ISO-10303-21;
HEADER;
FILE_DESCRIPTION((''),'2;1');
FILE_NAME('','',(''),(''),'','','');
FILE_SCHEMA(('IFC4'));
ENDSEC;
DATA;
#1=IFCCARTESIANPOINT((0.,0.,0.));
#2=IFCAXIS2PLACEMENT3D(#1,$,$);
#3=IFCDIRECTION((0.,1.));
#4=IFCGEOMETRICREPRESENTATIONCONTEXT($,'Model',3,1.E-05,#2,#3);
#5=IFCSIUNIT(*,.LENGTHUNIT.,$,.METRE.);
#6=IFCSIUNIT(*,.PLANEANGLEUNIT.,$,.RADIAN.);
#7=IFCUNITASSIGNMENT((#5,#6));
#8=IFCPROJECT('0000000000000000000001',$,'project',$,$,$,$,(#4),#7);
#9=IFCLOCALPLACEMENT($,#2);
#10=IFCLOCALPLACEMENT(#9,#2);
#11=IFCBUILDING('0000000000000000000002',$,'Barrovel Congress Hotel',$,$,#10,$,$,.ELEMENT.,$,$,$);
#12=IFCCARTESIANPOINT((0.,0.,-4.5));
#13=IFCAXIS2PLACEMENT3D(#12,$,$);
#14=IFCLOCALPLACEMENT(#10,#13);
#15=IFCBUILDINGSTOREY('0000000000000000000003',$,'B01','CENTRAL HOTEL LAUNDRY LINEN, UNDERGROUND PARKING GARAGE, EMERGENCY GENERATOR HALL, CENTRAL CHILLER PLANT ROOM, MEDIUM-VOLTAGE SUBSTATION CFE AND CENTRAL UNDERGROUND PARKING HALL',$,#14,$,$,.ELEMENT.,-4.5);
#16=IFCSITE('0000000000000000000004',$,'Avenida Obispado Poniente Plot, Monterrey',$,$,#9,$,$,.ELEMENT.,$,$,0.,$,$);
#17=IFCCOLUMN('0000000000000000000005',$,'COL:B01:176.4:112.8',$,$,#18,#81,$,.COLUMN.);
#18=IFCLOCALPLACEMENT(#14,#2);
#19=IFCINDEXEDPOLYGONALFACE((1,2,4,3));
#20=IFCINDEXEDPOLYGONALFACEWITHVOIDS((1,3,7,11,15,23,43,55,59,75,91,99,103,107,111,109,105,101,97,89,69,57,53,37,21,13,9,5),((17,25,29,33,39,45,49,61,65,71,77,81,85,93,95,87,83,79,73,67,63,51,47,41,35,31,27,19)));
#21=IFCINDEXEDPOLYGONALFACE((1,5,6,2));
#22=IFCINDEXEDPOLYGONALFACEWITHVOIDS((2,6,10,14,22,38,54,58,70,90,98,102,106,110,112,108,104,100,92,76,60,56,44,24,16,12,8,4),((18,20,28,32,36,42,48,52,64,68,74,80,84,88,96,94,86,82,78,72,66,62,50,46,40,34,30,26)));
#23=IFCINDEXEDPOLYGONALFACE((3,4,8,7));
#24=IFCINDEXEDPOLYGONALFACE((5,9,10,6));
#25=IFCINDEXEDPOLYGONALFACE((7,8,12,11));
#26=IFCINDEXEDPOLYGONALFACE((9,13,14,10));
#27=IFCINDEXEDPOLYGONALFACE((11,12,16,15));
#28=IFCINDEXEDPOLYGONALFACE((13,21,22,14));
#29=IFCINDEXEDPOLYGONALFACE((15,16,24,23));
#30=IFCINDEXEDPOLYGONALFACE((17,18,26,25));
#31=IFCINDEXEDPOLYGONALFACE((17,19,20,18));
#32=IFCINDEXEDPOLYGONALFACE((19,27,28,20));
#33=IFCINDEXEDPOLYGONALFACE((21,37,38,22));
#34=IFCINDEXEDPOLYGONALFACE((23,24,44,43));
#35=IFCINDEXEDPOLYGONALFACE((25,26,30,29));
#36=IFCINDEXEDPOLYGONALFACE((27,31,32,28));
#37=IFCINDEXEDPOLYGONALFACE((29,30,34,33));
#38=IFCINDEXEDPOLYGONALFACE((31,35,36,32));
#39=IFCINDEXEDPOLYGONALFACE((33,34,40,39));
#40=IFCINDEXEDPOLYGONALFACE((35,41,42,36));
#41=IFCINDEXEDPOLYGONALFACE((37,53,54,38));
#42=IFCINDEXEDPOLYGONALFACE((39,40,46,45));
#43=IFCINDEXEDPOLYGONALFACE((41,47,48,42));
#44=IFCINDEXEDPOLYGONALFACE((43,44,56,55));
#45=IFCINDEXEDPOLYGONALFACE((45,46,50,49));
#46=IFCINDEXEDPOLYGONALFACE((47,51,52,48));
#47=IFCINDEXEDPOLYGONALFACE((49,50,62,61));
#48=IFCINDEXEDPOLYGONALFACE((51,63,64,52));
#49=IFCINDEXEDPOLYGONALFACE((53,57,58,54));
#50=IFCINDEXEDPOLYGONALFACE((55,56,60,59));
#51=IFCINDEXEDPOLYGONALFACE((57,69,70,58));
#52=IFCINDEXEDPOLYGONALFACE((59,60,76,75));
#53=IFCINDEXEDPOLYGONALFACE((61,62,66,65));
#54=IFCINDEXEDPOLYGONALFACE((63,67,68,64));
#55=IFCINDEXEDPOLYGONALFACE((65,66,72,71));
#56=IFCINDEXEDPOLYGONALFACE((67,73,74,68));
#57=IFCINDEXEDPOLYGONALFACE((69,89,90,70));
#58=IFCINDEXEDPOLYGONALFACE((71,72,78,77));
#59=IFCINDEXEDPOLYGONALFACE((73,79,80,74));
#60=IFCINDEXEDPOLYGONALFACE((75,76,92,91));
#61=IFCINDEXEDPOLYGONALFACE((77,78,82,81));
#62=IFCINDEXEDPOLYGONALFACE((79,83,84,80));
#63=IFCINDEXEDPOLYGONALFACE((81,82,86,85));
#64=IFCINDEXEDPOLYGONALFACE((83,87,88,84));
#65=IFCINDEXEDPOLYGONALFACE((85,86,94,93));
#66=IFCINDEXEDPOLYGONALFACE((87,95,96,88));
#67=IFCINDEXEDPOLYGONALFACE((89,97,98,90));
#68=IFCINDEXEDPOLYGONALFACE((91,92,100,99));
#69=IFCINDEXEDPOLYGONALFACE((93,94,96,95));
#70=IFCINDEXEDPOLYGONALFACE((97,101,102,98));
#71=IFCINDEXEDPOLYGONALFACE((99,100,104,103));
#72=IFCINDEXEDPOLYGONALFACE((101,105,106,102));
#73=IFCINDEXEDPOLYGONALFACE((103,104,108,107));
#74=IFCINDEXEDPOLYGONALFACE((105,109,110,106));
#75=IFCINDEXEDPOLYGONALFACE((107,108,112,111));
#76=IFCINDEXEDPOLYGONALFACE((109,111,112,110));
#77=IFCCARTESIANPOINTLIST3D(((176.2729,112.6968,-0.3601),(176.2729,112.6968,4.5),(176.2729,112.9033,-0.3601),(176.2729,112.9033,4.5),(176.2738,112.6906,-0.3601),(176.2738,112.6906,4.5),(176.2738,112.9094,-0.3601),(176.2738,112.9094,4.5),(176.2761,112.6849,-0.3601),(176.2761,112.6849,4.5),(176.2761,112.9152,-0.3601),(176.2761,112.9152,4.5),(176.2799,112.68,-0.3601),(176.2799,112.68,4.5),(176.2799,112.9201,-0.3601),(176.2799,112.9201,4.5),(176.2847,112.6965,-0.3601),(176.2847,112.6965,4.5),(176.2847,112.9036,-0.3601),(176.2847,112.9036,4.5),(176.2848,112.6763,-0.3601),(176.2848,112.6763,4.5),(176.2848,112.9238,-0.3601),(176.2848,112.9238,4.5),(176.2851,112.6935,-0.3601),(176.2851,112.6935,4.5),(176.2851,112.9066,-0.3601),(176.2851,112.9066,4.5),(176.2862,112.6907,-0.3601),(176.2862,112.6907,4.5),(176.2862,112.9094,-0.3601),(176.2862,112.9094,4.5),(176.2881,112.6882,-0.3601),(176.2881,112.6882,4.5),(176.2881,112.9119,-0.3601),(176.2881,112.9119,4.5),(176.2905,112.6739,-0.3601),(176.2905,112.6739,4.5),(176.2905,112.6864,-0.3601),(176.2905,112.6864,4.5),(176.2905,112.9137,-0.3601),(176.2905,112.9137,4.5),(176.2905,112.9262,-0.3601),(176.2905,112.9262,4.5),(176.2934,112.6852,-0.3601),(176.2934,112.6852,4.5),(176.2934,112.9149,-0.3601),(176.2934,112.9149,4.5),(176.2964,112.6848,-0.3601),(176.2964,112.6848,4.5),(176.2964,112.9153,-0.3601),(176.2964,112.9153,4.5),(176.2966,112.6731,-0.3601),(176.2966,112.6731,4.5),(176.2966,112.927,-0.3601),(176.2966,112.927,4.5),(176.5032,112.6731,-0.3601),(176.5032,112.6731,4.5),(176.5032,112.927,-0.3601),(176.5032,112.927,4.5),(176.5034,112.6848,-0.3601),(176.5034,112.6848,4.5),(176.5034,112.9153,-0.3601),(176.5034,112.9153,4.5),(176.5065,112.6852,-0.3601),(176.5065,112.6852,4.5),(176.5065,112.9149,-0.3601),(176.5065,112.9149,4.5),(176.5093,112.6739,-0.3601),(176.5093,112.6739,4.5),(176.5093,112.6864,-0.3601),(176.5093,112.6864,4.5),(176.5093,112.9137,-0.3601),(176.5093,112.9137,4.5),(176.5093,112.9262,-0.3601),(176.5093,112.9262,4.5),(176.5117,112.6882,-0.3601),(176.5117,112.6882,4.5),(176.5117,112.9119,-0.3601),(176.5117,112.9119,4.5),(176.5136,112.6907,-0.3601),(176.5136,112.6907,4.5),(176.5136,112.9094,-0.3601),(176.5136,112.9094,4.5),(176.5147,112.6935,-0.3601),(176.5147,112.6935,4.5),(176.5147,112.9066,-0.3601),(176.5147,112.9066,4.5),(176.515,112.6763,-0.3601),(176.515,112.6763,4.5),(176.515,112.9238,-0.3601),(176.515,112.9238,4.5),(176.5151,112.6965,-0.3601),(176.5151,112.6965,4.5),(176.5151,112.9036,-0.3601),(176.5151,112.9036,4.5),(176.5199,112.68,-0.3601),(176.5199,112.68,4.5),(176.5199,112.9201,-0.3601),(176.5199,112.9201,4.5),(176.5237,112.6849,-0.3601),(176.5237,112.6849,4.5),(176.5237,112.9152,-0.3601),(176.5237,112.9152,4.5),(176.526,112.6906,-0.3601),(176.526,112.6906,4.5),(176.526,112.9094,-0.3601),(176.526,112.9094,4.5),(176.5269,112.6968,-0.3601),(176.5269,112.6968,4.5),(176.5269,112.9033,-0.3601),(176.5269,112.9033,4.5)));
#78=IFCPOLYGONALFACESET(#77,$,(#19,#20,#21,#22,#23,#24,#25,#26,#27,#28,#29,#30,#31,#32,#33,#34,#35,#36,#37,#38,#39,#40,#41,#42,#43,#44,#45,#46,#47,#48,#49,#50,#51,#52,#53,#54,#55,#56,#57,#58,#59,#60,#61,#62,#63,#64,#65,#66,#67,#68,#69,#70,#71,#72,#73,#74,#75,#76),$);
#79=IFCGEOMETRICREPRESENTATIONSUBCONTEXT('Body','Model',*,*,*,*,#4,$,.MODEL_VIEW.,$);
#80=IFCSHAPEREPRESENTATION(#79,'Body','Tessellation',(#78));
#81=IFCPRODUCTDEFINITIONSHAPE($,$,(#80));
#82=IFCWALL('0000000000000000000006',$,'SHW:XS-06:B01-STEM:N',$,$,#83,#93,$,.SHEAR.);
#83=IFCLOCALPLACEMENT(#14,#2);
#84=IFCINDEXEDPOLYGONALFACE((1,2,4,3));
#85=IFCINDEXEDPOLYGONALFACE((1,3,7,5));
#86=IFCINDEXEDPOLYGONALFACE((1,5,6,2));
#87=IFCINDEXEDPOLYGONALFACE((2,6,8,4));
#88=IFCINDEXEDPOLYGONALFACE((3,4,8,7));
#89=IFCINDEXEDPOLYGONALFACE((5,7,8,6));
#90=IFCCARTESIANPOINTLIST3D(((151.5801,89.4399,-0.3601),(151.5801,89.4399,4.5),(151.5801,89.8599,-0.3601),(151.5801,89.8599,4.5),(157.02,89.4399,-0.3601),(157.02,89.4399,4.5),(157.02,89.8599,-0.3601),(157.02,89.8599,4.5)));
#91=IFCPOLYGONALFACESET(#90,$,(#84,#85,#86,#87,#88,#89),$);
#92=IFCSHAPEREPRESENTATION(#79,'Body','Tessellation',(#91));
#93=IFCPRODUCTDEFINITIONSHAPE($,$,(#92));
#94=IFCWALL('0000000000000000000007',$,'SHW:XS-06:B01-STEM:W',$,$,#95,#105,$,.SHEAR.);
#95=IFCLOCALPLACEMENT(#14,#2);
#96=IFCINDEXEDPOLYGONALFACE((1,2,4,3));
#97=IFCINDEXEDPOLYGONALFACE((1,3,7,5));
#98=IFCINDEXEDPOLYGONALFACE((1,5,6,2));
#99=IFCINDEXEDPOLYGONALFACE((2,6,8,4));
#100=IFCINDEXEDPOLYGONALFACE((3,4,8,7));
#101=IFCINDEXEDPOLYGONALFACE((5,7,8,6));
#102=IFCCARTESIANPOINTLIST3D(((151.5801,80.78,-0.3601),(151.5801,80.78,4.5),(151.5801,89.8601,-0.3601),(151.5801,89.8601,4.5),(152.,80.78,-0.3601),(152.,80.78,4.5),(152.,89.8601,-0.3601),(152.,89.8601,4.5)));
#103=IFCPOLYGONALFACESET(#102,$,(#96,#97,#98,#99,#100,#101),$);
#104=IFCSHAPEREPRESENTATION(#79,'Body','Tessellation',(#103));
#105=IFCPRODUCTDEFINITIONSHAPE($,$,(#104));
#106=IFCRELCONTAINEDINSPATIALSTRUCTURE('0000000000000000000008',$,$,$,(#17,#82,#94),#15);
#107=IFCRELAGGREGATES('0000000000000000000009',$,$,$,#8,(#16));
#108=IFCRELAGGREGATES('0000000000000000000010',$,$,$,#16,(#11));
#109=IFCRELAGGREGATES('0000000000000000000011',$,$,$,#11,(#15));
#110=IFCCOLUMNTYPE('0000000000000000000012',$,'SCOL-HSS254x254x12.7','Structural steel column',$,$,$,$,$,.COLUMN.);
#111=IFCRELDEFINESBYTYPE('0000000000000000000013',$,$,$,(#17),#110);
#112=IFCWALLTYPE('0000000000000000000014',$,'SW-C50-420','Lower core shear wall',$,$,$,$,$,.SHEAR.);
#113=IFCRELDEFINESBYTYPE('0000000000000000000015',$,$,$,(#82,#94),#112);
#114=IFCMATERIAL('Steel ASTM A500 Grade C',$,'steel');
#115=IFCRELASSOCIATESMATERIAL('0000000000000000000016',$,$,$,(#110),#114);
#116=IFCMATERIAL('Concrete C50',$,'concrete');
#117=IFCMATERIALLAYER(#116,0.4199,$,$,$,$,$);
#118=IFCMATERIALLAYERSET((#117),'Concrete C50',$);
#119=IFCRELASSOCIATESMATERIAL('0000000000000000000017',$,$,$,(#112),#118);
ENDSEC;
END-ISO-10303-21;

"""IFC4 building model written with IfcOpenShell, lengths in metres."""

from ifc_helpers import new_model, si_unit, direction, frame, frame_2d, origin, origin_2d, place, context, subcontext, project, spatial, rectangle, hollow_rectangle, extrude, material, layer, layer_set, material_profile, profile_set, type_object, element, save


model = new_model("IFC4")

# Units and contexts
model_context = context("Model", 3, precision=1e-05, world=origin(), true_north=direction((0.0, 1.0)))
body_context = subcontext(model_context, "Body", "Model", "MODEL_VIEW")
ifc_project = project(units=[si_unit("LENGTHUNIT", "METRE"), si_unit("PLANEANGLEUNIT", "RADIAN")], contexts=[model_context])

# Site, building, storey
site_placement = place(None, origin())
site = spatial("IfcSite", under=ifc_project, at=site_placement, Name="Avenida Obispado Poniente Plot, Monterrey", CompositionType="ELEMENT", RefElevation=0.0)
building_placement = place(site_placement, origin())
building = spatial("IfcBuilding", under=site, at=building_placement, Name="Barrovel Congress Hotel", CompositionType="ELEMENT")
storey_placement = place(building_placement, frame((0.0, 0.0, -4.5)))
storey = spatial("IfcBuildingStorey", under=building, at=storey_placement, Name="B01", Description="CENTRAL HOTEL LAUNDRY LINEN, UNDERGROUND PARKING GARAGE, EMERGENCY GENERATOR HALL, CENTRAL CHILLER PLANT ROOM, MEDIUM-VOLTAGE SUBSTATION CFE AND CENTRAL UNDERGROUND PARKING HALL", CompositionType="ELEMENT", Elevation=-4.5)

# Column
ifc_material_1 = material(Name="Steel ASTM A500 Grade C", Category="steel")
ifc_material_profile_1 = material_profile(ifc_material_1, hollow_rectangle(XDim=0.2539, YDim=0.2539, WallThickness=0.0117, InnerFilletRadius=0.0117, OuterFilletRadius=0.0237, at=origin_2d()), Name="HSS254x254x12.7")
ifc_profile_set_1 = profile_set([ifc_material_profile_1], Name="Steel ASTM A500 Grade C")
column_type_1 = type_object("IfcColumnType", Name="SCOL-HSS254x254x12.7", Description="Structural steel column", PredefinedType="COLUMN", material=ifc_profile_set_1)
for number, where, z_axis, x_axis, name in (
    (1, (176.3999, 112.8, -0.3601), (0.0, 0.0, 1.0), (1.0, 0.0, 0.0), "COL:B01:176.4:112.8"),
):
    element("IfcColumn", number, at=place(storey_placement, frame(where, z_axis=z_axis, x_axis=x_axis)), inside=storey, type_object=column_type_1, Name=name, PredefinedType="COLUMN", context=body_context, shape_type="SweptSolid", body=[
        extrude(hollow_rectangle(XDim=0.2539, YDim=0.2539, WallThickness=0.0117, InnerFilletRadius=0.0117, OuterFilletRadius=0.0237, at=origin_2d()), origin(), (0.0, 0.0, 1.0), 4.8601),
    ])

# Walls
ifc_material_2 = material(Name="Concrete C50", Category="concrete")
ifc_layer = layer(ifc_material_2, 0.4199)
ifc_layer_set = layer_set([ifc_layer], Name="Concrete C50")
wall_type = type_object("IfcWallType", Name="SW-C50-420", Description="Lower core shear wall", PredefinedType="SHEAR", material=ifc_layer_set)
wall_1_placement = place(storey_placement, frame((157.02, 89.6499, -0.3601), z_axis=(0.0, 0.0, 1.0), x_axis=(-1.0, 0.0, 0.0)))
element("IfcWall", 2, at=wall_1_placement, inside=storey, type_object=wall_type, Name="SHW:XS-06:B01-STEM:N", PredefinedType="SHEAR", context=body_context, shape_type="SweptSolid", body=[
    extrude(rectangle(XDim=5.4399, YDim=0.4199, at=frame_2d((2.72, 0.0))), origin(), (0.0, 0.0, 1.0), 4.8601),
])
wall_2_placement = place(storey_placement, frame((151.79, 89.8601, -0.3601), z_axis=(0.0, 0.0, 1.0), x_axis=(0.0, -1.0, 0.0)))
element("IfcWall", 3, at=wall_2_placement, inside=storey, type_object=wall_type, Name="SHW:XS-06:B01-STEM:W", PredefinedType="SHEAR", context=body_context, shape_type="SweptSolid", body=[
    extrude(rectangle(XDim=9.0801, YDim=0.4199, at=frame_2d((4.54, 0.0))), origin(), (0.0, 0.0, 1.0), 4.8601),
])

save(model, "model.ifc")
